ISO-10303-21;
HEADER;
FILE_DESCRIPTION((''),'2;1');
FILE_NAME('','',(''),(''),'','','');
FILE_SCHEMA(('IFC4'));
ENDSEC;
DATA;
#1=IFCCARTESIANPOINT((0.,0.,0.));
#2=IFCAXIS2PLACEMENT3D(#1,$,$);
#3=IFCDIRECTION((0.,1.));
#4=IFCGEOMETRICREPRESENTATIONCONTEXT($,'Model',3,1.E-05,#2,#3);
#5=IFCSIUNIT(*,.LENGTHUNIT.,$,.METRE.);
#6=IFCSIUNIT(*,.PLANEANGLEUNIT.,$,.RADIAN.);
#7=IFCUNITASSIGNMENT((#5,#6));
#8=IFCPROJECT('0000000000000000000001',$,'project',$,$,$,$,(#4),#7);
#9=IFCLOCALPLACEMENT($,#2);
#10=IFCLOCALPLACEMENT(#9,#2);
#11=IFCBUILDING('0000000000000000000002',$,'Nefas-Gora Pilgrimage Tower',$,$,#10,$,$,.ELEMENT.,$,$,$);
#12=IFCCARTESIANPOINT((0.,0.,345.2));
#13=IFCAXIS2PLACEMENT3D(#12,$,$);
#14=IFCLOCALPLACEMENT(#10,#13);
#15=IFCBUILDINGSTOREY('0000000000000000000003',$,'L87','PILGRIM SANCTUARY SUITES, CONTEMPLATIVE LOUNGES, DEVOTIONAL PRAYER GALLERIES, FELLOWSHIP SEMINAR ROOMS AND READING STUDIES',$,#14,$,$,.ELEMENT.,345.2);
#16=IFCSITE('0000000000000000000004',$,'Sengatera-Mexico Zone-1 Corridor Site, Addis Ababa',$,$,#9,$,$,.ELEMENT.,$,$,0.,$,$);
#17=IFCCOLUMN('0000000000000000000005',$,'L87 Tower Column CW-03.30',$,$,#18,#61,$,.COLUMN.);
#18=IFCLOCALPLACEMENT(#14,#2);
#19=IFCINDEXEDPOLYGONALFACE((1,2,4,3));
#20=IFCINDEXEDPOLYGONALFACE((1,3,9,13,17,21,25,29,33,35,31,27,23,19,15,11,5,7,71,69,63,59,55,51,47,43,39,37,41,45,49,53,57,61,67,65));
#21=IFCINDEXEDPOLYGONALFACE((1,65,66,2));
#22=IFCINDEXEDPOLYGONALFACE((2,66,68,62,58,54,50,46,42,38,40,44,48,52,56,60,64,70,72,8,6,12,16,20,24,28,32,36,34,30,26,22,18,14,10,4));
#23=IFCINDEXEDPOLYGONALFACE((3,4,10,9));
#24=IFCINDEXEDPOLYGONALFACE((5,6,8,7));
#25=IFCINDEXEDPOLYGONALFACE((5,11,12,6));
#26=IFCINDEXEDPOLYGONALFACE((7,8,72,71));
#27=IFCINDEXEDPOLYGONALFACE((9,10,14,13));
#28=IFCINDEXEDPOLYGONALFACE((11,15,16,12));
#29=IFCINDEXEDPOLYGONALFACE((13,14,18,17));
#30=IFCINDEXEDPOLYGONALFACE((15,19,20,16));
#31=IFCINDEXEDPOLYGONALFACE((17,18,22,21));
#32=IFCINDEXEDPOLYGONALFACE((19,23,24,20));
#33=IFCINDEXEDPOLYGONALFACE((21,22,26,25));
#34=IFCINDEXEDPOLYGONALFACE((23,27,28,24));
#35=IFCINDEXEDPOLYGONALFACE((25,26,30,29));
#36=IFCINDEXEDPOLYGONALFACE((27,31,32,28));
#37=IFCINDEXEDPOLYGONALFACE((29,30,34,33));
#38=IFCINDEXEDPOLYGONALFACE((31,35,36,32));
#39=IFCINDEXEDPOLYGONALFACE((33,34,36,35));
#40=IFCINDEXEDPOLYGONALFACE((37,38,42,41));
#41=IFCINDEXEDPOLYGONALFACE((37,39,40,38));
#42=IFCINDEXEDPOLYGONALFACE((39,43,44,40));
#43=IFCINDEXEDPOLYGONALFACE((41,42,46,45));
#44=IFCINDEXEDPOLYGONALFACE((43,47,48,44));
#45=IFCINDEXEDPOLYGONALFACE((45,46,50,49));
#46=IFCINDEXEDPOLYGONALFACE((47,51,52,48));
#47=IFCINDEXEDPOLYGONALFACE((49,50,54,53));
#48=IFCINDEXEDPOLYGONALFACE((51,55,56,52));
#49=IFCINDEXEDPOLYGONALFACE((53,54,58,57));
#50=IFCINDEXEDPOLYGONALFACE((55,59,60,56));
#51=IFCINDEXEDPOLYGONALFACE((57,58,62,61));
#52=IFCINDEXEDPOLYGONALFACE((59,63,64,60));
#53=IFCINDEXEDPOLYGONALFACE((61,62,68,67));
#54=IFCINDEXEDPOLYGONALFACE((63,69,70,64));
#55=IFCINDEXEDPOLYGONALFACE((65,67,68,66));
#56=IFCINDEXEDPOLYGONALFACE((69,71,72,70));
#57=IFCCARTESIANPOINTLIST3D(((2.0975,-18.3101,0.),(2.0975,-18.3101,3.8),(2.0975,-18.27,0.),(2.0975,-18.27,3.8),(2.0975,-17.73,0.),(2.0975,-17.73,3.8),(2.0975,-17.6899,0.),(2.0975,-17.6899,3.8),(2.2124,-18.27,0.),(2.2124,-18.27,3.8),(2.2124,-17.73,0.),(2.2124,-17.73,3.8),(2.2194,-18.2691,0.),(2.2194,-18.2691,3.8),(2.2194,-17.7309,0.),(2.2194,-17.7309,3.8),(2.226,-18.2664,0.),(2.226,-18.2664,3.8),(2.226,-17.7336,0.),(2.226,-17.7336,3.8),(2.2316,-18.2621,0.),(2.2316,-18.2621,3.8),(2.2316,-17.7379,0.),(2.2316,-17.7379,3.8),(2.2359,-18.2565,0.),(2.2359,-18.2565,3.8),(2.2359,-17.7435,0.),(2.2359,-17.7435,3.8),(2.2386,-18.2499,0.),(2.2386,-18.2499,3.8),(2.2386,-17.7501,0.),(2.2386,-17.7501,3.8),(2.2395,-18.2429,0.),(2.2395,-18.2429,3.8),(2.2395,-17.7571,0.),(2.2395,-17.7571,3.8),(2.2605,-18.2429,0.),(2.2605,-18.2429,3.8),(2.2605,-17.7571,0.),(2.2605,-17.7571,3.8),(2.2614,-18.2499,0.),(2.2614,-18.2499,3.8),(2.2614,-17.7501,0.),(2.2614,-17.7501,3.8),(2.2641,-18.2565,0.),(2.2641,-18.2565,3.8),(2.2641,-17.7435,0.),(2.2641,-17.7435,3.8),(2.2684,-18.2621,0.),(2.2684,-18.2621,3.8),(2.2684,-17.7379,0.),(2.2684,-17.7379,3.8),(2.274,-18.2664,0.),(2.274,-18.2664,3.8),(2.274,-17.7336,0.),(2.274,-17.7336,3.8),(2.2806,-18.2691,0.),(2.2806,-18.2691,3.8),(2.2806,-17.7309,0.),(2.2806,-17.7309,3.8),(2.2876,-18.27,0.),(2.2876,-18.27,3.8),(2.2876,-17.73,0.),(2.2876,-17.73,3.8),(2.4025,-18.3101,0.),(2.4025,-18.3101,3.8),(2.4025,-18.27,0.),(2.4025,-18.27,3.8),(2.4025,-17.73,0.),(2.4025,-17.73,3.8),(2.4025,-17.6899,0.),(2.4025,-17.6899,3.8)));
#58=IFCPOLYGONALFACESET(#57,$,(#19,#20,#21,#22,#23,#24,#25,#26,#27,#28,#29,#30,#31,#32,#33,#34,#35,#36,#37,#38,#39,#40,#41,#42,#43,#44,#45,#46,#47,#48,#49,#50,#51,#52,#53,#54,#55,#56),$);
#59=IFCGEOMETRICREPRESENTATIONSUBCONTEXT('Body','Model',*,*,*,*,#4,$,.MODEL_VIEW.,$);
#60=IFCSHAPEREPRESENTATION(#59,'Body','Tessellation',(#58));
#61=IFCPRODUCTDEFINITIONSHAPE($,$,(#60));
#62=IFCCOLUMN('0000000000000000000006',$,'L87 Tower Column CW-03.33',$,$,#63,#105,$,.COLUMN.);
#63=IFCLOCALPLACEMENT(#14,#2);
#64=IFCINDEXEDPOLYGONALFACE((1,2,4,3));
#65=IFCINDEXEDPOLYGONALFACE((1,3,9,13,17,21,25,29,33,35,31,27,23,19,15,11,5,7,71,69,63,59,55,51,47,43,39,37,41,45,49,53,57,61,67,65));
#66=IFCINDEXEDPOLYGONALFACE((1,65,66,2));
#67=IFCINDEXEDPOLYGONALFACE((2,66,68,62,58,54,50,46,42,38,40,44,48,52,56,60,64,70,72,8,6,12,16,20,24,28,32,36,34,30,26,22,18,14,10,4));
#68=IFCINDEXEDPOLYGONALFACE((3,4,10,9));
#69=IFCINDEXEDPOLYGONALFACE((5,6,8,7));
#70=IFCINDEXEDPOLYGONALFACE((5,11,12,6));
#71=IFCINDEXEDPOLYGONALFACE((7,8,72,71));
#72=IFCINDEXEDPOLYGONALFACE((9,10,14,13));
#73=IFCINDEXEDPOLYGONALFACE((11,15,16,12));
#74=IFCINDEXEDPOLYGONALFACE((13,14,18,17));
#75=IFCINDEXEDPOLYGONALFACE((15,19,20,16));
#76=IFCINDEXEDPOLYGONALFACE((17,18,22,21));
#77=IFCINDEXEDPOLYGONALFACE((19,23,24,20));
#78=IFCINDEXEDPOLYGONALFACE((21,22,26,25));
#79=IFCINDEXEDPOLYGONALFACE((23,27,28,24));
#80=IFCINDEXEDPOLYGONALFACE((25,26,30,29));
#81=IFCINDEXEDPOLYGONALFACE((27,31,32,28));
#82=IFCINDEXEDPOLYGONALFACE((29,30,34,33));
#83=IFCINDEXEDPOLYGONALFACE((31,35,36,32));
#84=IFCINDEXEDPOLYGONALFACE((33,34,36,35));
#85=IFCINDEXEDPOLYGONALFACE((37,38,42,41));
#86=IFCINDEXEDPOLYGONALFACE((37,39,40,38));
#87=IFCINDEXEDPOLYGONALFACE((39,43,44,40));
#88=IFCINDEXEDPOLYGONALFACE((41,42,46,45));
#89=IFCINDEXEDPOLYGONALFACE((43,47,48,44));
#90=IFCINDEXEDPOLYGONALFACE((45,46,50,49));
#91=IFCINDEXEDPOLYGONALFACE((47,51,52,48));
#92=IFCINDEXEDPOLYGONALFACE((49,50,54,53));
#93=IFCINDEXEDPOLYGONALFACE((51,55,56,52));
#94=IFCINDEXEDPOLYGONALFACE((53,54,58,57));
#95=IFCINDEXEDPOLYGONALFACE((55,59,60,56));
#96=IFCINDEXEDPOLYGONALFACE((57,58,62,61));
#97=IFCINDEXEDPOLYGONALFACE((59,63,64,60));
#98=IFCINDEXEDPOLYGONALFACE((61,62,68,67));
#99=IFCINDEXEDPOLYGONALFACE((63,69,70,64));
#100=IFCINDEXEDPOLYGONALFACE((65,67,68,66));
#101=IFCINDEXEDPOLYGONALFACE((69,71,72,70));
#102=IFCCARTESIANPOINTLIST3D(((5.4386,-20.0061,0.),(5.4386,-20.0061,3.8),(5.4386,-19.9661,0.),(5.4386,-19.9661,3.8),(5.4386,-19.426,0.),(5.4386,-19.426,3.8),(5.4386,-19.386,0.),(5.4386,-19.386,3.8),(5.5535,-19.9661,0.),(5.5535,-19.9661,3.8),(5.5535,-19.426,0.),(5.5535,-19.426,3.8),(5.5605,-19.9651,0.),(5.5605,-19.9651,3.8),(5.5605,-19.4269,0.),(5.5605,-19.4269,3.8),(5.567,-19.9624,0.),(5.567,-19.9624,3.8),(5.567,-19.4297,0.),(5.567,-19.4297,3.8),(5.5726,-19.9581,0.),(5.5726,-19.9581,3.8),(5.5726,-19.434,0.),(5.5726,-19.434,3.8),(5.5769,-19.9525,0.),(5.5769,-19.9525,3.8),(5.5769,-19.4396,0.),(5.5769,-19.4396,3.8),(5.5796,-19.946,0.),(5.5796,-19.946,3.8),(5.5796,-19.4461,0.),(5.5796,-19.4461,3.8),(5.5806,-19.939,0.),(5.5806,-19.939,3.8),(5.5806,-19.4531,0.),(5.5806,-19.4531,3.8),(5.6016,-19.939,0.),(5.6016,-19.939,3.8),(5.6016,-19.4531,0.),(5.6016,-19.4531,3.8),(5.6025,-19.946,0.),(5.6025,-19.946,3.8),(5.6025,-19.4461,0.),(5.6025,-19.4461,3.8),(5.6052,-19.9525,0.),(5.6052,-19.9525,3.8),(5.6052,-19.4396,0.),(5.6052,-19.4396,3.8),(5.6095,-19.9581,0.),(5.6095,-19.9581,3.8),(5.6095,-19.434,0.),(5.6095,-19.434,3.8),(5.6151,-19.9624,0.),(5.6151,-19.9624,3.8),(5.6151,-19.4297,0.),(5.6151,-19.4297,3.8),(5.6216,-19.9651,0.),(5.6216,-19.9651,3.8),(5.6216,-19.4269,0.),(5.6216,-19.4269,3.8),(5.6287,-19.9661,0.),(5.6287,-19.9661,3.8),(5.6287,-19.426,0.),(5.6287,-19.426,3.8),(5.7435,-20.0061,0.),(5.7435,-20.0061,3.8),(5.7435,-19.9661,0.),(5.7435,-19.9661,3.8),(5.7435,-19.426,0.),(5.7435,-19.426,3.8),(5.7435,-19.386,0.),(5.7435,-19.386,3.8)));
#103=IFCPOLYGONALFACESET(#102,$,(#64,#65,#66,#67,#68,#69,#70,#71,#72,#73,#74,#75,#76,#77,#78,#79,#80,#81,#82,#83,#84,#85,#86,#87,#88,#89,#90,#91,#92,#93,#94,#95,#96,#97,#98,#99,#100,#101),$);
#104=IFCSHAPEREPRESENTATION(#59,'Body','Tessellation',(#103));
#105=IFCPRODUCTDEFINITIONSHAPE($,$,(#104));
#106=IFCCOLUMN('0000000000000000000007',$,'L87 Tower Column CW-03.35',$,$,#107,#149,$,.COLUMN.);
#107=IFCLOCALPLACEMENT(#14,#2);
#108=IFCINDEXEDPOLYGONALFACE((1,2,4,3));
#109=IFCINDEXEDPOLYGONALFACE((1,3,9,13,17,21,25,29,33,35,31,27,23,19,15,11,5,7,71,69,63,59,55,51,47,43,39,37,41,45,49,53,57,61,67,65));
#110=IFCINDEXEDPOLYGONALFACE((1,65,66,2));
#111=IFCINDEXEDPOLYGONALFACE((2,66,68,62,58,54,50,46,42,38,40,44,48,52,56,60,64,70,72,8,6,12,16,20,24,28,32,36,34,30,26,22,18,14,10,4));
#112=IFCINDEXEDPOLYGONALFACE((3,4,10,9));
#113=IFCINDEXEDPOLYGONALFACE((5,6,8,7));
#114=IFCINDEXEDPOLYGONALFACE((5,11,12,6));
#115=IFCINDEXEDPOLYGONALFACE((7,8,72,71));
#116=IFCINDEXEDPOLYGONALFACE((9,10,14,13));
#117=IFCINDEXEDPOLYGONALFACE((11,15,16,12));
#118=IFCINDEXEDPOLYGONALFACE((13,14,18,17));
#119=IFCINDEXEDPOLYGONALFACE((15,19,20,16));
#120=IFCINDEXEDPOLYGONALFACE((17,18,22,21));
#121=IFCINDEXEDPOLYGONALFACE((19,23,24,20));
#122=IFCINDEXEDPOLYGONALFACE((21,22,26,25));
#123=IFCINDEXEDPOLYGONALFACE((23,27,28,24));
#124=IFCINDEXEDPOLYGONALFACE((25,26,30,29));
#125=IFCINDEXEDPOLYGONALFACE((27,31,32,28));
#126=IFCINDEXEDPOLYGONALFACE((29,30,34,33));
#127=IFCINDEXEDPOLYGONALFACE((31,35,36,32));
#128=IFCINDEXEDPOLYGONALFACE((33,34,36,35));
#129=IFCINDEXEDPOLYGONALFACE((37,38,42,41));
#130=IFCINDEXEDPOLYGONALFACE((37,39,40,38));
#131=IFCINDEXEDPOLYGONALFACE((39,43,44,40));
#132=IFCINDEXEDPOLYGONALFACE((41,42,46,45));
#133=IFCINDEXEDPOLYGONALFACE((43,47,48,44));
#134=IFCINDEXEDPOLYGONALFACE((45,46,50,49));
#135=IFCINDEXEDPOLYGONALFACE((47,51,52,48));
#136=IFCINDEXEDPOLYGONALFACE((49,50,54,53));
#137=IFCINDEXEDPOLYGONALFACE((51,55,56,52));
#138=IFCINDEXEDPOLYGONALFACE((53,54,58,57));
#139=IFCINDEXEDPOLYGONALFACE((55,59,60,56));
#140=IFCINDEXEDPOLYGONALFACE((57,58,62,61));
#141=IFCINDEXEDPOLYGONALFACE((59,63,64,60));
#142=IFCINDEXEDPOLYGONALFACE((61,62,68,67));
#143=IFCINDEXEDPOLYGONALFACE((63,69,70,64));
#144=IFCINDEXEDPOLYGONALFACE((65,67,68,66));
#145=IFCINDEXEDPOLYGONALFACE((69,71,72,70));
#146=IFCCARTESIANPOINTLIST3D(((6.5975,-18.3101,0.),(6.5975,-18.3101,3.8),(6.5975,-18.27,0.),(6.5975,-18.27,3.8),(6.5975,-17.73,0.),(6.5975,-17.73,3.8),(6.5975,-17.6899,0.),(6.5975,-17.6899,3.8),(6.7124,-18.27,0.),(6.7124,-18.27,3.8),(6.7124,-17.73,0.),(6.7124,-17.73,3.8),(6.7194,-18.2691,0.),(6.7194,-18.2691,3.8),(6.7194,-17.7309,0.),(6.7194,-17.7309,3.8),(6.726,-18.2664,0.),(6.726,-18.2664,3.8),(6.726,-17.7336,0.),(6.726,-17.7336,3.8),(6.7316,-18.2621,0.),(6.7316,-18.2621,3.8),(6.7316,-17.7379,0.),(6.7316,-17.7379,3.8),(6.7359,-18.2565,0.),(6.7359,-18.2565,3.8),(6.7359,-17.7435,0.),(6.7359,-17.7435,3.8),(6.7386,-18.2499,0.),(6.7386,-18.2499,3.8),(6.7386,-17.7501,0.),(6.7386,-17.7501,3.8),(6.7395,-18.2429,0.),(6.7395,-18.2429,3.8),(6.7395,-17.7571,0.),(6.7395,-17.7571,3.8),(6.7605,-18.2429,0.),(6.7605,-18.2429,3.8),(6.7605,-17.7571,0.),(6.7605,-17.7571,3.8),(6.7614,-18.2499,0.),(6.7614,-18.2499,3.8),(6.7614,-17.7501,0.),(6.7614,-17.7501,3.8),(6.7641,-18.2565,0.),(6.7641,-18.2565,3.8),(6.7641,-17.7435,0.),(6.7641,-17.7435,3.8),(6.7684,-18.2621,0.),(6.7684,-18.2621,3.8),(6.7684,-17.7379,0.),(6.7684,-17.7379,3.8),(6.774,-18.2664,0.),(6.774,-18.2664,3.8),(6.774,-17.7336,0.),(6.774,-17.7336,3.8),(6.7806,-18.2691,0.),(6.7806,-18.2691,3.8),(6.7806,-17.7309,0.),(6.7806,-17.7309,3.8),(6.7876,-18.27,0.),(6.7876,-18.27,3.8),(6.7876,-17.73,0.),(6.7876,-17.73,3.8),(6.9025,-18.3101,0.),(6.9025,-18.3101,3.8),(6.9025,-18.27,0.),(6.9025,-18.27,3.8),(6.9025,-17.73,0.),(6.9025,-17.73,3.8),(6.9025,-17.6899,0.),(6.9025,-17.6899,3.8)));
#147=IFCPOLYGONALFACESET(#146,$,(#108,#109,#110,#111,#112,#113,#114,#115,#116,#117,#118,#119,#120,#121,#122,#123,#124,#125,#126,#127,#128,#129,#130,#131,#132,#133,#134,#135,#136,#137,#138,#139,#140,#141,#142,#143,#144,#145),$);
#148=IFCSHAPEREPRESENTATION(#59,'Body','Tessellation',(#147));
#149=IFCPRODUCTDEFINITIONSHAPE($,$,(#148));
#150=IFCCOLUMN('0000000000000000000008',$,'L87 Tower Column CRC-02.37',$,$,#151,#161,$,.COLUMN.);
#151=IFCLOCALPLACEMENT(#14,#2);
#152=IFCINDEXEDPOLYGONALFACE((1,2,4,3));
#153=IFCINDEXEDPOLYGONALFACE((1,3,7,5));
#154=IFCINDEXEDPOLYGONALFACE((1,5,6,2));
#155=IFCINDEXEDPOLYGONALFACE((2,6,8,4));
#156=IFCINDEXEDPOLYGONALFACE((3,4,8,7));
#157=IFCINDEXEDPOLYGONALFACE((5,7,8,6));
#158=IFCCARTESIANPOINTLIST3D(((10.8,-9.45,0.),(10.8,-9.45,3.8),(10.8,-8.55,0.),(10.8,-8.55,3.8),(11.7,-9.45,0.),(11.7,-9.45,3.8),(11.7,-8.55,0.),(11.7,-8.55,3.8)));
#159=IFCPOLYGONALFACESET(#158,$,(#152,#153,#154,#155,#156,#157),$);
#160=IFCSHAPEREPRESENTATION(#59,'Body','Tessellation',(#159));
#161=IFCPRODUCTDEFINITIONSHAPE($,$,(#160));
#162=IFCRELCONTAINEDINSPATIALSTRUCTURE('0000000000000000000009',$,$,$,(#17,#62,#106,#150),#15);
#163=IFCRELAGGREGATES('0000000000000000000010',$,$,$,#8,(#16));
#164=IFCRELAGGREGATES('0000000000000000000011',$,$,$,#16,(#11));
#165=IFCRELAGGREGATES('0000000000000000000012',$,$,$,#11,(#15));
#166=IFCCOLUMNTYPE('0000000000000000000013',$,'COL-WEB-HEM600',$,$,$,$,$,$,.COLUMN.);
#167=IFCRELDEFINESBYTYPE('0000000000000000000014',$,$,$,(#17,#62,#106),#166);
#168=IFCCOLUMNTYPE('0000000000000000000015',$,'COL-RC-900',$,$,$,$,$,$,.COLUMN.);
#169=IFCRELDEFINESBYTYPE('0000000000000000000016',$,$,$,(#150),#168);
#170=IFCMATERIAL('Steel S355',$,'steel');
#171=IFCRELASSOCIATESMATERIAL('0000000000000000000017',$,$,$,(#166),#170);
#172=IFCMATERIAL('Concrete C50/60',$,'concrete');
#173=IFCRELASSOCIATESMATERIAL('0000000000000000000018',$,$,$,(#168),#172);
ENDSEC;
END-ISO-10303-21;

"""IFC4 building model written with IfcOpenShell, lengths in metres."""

from ifc_helpers import new_model, si_unit, direction, frame, origin, origin_2d, place, context, subcontext, project, spatial, rectangle, i_section, extrude, source, transform, mapped, material, material_profile, profile_set, type_object, element, save


model = new_model("IFC4")

# Units and contexts
model_context = context("Model", 3, precision=1e-05, world=origin(), true_north=direction((0.0, 1.0)))
body_context = subcontext(model_context, "Body", "Model", "MODEL_VIEW")
ifc_project = project(units=[si_unit("LENGTHUNIT", "METRE"), si_unit("PLANEANGLEUNIT", "RADIAN")], contexts=[model_context])

# Site, building, storey
site_placement = place(None, origin())
site = spatial("IfcSite", under=ifc_project, at=site_placement, Name="Sengatera-Mexico Zone-1 Corridor Site, Addis Ababa", CompositionType="ELEMENT", RefElevation=0.0)
building_placement = place(site_placement, origin())
building = spatial("IfcBuilding", under=site, at=building_placement, Name="Nefas-Gora Pilgrimage Tower", CompositionType="ELEMENT")
storey_placement = place(building_placement, frame((0.0, 0.0, 345.2)))
storey = spatial("IfcBuildingStorey", under=building, at=storey_placement, Name="L87", Description="PILGRIM SANCTUARY SUITES, CONTEMPLATIVE LOUNGES, DEVOTIONAL PRAYER GALLERIES, FELLOWSHIP SEMINAR ROOMS AND READING STUDIES", CompositionType="ELEMENT", Elevation=345.2)

# Columns
ifc_material_1 = material(Name="Steel S355", Category="steel")
ifc_material_profile_1 = material_profile(ifc_material_1, i_section(OverallWidth=0.3049, OverallDepth=0.6201, WebThickness=0.021, FlangeThickness=0.04, FilletRadius=0.0271, at=origin_2d()), Name="HEM 600")
ifc_profile_set_1 = profile_set([ifc_material_profile_1], Name="Steel S355")
column_type_1 = type_object("IfcColumnType", Name="COL-WEB-HEM600", PredefinedType="COLUMN", material=ifc_profile_set_1)
shared_shape_1 = source(origin(), body_context, "Body", "SweptSolid", [
    extrude(i_section(OverallWidth=0.3049, OverallDepth=0.6201, WebThickness=0.021, FlangeThickness=0.04, FilletRadius=0.0271, at=origin_2d()), origin(), (0.0, 0.0, 1.0), 3.8),
])
for number, where, z_axis, x_axis, name in (
    (1, (2.25, -18.0, 0.0), (0.0, 0.0, 1.0), (1.0, 0.0, 0.0), "L87 Tower Column CW-03.30"),
    (2, (5.5911, -19.696, 0.0), (0.0, 0.0, 1.0), (1.0, 0.0, 0.0), "L87 Tower Column CW-03.33"),
    (3, (6.75, -18.0, 0.0), (0.0, 0.0, 1.0), (1.0, 0.0, 0.0), "L87 Tower Column CW-03.35"),
):
    element("IfcColumn", number, at=place(storey_placement, frame(where, z_axis=z_axis, x_axis=x_axis)), inside=storey, type_object=column_type_1, Name=name, PredefinedType="COLUMN", context=body_context, shape_type="MappedRepresentation", body=[
        mapped(shared_shape_1, transform((0.0, 0.0, 0.0), x_axis=(1.0, 0.0, 0.0), y_axis=(0.0, 1.0, 0.0), z_axis=(0.0, 0.0, 1.0), scale=1.0)),
    ])
ifc_material_2 = material(Name="Concrete C50/60", Category="concrete")
ifc_material_profile_2 = material_profile(ifc_material_2, rectangle(XDim=0.8999, YDim=0.8999, at=origin_2d()), Name="RC 900x900")
ifc_profile_set_2 = profile_set([ifc_material_profile_2], Name="Concrete C50/60")
column_type_2 = type_object("IfcColumnType", Name="COL-RC-900", PredefinedType="COLUMN", material=ifc_profile_set_2)
shared_shape_2 = source(origin(), body_context, "Body", "SweptSolid", [
    extrude(rectangle(XDim=0.8999, YDim=0.8999, at=origin_2d()), origin(), (0.0, 0.0, 1.0), 3.8),
])
column_1_placement = place(storey_placement, frame((11.25, -9.0, 0.0), z_axis=(0.0, 0.0, 1.0), x_axis=(1.0, 0.0, 0.0)))
element("IfcColumn", 4, at=column_1_placement, inside=storey, type_object=column_type_2, Name="L87 Tower Column CRC-02.37", PredefinedType="COLUMN", context=body_context, shape_type="MappedRepresentation", body=[
    mapped(shared_shape_2, transform((0.0, 0.0, 0.0), x_axis=(1.0, 0.0, 0.0), y_axis=(0.0, 1.0, 0.0), z_axis=(0.0, 0.0, 1.0), scale=1.0)),
])

save(model, "model.ifc")
